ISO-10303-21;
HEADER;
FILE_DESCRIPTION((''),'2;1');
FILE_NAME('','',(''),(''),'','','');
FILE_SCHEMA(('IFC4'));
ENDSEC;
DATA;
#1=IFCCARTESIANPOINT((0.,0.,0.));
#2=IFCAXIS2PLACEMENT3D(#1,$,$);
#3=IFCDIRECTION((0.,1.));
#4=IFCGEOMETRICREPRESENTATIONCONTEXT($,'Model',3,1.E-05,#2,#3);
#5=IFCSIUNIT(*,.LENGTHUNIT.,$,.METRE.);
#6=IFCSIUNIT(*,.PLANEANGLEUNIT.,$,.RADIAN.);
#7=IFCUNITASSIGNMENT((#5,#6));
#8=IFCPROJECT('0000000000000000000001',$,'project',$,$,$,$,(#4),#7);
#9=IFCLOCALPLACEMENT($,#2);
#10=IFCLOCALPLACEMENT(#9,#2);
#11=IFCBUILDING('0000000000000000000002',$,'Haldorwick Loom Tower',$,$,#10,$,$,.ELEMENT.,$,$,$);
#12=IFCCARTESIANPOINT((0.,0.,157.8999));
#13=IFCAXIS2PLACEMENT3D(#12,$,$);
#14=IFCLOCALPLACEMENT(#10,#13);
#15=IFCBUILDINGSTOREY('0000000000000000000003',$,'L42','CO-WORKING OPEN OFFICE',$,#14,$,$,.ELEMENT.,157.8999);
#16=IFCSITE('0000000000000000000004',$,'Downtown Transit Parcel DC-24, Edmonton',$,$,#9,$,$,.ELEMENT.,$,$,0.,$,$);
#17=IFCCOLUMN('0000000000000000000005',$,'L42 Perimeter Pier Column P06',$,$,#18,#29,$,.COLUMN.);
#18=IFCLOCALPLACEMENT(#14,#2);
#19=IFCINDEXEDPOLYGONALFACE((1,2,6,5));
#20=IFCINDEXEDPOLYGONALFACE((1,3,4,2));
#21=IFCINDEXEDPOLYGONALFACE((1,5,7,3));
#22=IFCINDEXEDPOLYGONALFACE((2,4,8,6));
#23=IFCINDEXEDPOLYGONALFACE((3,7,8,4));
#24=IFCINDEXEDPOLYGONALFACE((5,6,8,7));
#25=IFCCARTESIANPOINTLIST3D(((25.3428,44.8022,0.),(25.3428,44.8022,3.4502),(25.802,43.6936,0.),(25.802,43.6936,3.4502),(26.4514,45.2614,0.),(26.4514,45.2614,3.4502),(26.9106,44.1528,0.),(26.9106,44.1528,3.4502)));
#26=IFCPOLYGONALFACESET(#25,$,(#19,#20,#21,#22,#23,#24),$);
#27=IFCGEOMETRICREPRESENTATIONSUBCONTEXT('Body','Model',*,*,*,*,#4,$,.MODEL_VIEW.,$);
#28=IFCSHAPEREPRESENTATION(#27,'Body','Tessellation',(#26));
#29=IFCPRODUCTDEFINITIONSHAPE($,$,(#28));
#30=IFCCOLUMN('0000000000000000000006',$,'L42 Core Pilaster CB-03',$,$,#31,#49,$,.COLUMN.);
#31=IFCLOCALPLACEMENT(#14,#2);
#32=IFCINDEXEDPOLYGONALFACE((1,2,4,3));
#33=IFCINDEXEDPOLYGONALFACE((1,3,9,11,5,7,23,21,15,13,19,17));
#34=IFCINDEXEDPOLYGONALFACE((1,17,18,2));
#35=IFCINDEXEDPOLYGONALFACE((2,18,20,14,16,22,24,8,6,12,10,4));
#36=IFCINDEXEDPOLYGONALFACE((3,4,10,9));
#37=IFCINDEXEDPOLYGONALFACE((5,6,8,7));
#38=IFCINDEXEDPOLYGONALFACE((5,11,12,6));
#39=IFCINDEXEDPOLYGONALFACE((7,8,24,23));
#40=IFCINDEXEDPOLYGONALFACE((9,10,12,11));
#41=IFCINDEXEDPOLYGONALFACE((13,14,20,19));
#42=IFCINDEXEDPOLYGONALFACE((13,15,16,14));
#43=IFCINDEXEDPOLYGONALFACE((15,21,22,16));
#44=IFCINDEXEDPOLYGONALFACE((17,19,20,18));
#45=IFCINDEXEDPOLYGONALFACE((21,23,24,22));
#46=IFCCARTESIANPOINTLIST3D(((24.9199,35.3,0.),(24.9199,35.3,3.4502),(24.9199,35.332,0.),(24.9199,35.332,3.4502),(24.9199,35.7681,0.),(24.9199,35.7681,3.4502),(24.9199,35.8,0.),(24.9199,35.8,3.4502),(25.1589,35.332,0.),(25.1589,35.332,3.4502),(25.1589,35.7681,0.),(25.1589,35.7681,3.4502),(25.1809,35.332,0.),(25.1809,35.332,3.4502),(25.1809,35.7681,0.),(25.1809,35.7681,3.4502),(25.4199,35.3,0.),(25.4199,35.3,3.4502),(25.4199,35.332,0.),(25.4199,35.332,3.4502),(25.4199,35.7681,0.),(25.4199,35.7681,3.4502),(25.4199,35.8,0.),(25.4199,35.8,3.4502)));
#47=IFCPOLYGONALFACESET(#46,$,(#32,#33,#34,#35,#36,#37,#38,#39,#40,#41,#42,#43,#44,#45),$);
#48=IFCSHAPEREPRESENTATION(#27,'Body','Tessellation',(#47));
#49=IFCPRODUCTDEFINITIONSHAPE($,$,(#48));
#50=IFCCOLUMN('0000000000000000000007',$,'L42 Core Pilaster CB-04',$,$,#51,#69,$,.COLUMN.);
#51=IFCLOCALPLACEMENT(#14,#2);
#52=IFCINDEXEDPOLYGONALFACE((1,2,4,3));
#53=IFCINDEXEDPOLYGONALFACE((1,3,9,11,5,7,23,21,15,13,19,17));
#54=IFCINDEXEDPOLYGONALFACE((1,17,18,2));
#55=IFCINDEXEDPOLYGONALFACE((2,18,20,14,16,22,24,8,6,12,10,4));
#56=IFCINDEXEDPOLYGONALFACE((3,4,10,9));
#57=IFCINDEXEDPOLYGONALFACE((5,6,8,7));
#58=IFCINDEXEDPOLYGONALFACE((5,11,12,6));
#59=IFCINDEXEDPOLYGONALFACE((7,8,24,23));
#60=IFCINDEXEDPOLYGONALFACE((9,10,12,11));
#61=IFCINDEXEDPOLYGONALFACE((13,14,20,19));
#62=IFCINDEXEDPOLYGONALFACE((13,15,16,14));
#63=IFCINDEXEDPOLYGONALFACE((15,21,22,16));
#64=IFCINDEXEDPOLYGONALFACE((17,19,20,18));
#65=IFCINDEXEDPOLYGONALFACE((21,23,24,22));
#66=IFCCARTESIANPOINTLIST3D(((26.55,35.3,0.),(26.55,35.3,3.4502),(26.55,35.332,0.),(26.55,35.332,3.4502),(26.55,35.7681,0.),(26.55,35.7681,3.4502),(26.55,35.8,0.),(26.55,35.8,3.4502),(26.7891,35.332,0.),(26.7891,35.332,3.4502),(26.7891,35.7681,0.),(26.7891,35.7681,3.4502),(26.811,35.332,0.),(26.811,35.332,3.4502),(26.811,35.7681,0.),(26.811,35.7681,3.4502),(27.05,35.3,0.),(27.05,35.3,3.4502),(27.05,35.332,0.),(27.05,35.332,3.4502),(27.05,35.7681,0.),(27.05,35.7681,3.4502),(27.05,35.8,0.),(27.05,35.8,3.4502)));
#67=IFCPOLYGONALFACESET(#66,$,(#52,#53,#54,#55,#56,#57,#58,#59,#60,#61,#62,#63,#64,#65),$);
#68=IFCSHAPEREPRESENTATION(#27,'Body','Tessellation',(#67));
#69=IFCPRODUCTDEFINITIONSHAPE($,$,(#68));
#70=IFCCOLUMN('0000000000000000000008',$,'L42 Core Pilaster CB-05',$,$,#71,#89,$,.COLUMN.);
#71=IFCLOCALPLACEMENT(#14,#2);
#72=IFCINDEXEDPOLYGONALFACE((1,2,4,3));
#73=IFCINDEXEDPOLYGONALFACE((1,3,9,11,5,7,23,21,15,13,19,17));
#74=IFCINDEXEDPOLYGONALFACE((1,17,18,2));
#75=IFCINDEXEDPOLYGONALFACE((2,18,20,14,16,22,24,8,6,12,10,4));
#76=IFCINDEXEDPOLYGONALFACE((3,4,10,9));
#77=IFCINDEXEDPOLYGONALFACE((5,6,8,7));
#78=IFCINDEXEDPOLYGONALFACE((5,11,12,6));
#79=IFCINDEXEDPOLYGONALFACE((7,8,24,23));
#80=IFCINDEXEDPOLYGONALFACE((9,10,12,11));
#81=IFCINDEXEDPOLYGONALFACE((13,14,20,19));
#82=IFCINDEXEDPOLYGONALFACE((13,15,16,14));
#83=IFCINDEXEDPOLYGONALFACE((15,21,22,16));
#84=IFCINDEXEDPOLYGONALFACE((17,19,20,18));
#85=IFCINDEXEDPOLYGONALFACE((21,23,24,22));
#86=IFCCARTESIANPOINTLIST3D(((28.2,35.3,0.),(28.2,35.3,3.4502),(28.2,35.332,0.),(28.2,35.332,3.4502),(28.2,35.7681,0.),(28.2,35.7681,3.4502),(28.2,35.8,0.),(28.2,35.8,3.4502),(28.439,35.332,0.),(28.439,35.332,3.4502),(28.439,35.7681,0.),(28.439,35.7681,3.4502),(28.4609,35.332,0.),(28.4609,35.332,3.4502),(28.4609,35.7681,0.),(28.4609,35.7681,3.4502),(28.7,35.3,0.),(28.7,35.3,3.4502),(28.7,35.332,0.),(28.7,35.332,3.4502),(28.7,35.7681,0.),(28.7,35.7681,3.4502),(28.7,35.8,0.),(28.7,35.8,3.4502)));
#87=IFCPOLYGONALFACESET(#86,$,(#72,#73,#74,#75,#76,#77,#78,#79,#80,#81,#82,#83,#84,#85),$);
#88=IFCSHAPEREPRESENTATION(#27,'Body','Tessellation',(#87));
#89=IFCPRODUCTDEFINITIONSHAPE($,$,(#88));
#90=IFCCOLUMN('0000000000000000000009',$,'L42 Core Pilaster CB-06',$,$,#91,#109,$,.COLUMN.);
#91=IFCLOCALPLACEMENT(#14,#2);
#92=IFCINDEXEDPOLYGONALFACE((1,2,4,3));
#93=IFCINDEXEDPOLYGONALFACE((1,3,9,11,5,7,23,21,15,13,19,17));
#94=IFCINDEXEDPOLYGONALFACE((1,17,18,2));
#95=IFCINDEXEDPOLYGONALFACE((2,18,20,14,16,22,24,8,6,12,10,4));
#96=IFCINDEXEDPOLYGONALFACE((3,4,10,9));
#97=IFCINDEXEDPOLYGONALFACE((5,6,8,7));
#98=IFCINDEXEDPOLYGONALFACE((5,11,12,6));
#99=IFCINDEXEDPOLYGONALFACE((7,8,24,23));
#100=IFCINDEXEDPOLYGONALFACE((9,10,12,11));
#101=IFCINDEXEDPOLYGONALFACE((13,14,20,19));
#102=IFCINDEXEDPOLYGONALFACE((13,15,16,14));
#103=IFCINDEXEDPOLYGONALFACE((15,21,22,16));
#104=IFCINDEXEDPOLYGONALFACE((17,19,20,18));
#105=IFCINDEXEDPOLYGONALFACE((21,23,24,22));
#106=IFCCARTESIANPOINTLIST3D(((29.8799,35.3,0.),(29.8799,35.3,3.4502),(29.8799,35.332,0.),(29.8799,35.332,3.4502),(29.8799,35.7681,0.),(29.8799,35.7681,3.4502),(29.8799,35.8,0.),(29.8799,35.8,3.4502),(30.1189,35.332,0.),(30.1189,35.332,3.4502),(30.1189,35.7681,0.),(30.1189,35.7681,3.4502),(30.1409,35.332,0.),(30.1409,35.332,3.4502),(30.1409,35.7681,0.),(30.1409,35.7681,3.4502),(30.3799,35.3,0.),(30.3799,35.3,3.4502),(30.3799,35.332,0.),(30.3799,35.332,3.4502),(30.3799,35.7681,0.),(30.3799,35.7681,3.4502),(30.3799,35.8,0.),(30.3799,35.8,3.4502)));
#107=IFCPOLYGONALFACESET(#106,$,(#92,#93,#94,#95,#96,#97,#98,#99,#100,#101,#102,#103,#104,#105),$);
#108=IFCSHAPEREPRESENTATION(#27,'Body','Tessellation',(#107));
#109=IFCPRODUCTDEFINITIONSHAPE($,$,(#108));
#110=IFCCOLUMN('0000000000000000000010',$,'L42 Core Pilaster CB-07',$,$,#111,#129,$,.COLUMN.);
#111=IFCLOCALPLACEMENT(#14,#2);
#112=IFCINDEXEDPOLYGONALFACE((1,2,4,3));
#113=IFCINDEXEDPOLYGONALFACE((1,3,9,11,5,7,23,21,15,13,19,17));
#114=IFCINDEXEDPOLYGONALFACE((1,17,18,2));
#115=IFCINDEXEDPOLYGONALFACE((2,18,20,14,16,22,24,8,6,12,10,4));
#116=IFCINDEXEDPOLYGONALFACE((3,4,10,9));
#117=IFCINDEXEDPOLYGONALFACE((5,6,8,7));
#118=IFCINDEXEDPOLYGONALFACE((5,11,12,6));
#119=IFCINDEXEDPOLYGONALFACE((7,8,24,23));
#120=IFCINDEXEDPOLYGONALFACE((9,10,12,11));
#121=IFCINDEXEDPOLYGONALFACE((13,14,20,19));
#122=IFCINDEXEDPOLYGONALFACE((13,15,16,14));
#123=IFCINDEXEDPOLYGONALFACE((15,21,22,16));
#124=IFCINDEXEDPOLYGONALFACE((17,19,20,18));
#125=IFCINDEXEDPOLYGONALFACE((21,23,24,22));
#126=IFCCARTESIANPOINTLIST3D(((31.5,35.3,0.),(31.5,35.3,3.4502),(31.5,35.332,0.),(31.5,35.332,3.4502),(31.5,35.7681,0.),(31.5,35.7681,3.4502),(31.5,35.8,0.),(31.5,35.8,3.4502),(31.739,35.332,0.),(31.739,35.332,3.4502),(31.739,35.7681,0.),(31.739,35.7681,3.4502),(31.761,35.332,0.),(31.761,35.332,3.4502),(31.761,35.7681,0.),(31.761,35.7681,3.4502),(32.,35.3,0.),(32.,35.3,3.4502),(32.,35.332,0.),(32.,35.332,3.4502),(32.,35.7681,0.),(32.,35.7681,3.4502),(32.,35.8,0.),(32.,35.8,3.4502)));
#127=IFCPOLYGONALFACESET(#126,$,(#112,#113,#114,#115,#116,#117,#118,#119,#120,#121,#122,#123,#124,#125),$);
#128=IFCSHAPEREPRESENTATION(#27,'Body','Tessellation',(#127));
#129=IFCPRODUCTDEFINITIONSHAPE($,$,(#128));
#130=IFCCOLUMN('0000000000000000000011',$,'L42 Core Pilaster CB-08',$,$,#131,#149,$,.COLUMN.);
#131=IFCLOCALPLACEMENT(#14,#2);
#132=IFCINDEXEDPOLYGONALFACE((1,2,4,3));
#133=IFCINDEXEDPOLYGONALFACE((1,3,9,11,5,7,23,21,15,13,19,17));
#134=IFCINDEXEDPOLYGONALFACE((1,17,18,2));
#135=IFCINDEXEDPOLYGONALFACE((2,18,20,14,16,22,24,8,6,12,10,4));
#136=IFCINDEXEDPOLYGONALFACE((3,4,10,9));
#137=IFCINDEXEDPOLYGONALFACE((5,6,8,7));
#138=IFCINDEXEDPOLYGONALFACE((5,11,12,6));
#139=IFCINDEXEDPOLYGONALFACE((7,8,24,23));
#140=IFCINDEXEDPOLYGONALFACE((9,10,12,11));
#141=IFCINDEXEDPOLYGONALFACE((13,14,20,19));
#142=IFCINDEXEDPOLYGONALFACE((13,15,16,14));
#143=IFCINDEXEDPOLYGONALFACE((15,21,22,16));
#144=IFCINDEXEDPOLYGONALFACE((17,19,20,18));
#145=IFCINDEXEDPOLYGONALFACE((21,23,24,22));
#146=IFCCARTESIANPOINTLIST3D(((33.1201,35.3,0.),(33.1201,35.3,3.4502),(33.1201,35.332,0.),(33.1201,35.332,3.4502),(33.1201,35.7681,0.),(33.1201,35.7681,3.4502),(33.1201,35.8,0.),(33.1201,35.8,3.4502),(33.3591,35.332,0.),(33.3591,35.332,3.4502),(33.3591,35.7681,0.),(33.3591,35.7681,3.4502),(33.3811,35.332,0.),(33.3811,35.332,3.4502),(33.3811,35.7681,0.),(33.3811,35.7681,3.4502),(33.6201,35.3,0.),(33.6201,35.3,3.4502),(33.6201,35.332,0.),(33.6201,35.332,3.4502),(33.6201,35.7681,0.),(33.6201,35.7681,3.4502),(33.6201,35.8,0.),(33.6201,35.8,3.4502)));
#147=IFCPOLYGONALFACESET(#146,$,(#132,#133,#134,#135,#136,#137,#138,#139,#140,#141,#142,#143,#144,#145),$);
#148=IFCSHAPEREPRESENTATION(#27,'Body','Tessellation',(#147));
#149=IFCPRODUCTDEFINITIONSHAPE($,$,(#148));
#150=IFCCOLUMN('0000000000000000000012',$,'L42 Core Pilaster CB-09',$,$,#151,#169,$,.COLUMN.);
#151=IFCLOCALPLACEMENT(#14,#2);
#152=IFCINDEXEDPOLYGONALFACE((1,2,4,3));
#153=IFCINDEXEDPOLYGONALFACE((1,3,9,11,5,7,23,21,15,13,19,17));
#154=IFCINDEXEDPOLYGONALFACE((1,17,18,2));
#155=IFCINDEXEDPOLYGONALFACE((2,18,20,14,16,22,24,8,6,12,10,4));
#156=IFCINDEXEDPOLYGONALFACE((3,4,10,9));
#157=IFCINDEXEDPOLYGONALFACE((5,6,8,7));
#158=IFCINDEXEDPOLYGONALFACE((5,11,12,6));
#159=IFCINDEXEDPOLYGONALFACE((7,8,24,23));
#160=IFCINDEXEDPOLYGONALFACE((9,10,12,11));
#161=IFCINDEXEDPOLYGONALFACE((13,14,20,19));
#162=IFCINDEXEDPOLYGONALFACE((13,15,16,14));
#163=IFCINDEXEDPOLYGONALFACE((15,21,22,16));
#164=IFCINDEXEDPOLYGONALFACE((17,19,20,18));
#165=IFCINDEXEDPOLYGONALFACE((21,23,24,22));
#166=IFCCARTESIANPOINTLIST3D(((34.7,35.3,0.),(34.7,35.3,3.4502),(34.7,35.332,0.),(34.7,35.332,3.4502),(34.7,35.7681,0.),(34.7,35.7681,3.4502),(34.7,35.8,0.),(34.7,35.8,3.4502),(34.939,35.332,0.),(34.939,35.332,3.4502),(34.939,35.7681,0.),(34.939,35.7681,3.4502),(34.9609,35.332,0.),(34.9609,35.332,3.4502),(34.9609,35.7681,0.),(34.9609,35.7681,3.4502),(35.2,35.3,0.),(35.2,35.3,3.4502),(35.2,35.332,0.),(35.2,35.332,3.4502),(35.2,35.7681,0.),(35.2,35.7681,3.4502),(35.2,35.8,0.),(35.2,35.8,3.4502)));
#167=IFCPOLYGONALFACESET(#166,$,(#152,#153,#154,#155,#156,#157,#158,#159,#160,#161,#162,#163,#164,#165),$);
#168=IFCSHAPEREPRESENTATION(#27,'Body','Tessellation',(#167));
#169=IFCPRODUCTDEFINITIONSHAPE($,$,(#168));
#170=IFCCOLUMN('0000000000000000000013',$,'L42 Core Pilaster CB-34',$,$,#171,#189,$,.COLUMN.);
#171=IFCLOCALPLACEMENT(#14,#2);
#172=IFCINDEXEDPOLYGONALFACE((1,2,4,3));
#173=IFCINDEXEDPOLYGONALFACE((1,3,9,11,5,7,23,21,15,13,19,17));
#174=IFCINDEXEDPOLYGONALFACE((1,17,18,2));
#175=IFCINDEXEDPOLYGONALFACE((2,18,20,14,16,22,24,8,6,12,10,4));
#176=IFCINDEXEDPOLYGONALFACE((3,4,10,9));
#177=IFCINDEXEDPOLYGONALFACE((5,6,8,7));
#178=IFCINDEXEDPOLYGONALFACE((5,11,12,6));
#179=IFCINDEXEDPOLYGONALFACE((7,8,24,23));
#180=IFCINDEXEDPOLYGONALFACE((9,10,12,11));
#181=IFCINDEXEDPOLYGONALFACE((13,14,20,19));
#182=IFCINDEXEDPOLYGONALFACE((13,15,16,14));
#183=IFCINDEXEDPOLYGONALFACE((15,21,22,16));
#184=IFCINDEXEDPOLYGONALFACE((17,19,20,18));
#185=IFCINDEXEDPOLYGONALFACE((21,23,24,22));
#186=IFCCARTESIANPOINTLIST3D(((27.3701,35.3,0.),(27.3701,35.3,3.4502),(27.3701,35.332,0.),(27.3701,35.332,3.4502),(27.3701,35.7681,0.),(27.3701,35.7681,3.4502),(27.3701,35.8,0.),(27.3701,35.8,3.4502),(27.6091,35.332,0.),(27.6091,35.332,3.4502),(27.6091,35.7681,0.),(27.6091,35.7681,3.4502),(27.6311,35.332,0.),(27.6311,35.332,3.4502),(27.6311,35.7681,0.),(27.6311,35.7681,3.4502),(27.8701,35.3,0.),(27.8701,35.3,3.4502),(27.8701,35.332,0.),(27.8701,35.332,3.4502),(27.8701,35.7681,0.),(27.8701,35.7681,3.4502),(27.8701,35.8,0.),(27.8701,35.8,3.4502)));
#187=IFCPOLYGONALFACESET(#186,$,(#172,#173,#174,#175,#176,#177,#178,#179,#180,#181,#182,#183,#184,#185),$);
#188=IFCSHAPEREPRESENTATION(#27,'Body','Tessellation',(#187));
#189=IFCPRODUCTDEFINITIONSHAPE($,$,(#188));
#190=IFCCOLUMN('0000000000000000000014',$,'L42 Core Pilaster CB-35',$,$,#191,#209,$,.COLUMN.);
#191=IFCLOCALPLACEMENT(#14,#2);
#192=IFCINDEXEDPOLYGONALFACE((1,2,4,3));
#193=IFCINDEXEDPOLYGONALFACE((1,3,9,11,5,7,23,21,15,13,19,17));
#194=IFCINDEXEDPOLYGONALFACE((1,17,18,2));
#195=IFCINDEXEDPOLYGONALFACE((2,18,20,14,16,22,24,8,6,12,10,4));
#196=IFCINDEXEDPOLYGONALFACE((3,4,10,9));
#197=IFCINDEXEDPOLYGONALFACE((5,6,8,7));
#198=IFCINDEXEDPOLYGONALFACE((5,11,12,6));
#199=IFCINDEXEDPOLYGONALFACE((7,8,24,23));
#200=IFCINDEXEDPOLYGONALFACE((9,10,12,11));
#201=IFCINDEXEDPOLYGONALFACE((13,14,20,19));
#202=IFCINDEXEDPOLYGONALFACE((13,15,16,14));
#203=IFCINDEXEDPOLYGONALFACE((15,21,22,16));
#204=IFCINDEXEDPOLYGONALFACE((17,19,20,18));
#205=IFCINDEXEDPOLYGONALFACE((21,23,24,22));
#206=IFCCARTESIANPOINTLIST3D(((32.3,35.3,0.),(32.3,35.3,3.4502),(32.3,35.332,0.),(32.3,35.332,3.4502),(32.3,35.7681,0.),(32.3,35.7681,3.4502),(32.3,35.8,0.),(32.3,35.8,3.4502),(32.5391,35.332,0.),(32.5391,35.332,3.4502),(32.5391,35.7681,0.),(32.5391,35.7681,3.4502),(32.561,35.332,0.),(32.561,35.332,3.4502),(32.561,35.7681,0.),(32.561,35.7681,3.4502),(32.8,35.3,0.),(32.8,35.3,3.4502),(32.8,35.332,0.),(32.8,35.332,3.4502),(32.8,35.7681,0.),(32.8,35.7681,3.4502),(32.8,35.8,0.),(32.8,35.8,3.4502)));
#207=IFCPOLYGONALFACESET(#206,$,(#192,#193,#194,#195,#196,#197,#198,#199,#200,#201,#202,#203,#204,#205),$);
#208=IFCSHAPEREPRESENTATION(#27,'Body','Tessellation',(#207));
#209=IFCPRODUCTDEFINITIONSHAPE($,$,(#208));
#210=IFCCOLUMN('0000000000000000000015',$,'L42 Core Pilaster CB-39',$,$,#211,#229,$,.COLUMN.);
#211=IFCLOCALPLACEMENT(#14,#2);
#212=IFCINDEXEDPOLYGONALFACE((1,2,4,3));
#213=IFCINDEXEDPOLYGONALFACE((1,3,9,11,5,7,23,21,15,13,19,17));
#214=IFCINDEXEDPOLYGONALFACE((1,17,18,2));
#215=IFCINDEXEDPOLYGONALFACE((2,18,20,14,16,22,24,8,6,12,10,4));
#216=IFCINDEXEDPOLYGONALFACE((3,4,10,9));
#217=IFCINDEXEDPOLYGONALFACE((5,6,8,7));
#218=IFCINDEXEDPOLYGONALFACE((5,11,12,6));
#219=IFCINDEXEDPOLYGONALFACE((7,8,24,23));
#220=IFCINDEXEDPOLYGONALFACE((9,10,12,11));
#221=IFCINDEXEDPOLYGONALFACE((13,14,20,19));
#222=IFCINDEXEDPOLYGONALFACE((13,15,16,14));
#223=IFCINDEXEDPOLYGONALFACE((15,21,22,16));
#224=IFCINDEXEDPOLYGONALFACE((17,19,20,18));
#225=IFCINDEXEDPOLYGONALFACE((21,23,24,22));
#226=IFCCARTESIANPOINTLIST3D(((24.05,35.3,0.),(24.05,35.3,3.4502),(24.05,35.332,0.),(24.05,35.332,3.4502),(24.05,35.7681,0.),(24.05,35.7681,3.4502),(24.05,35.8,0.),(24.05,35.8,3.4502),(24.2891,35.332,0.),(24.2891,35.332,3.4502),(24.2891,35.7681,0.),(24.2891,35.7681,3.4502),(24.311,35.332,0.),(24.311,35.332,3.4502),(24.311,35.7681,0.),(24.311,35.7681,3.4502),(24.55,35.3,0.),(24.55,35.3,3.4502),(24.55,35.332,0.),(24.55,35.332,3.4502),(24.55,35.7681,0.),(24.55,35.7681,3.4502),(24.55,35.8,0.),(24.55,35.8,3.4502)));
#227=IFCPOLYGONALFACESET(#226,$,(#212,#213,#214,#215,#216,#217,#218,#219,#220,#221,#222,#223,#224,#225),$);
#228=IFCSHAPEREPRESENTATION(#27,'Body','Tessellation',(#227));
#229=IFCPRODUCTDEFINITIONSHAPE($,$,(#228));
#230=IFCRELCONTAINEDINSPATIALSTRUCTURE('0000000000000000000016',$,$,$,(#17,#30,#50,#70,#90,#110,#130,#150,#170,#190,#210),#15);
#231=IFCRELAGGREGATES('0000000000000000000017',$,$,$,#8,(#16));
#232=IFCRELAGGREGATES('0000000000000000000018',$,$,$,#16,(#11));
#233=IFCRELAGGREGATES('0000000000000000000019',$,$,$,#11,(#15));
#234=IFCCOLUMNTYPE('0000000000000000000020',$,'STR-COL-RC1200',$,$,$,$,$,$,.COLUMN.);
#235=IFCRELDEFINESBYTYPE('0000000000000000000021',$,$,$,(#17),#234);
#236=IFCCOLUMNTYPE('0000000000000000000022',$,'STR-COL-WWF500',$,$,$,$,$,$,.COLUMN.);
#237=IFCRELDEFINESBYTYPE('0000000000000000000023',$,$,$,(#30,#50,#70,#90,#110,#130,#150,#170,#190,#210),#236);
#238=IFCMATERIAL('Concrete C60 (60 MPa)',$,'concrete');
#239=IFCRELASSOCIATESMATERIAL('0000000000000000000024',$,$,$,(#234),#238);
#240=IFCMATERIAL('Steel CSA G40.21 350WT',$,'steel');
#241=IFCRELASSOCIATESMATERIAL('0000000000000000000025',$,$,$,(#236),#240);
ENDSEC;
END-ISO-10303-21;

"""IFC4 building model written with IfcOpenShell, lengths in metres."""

from ifc_helpers import new_model, si_unit, direction, frame, origin, origin_2d, place, context, subcontext, project, spatial, rectangle, i_section, extrude, material, material_profile, profile_set, type_object, element, save


model = new_model("IFC4")

# Units and contexts
model_context = context("Model", 3, precision=1e-05, world=origin(), true_north=direction((0.0, 1.0)))
body_context = subcontext(model_context, "Body", "Model", "MODEL_VIEW")
ifc_project = project(units=[si_unit("LENGTHUNIT", "METRE"), si_unit("PLANEANGLEUNIT", "RADIAN")], contexts=[model_context])

# Site, building, storey
site_placement = place(None, origin())
site = spatial("IfcSite", under=ifc_project, at=site_placement, Name="Downtown Transit Parcel DC-24, Edmonton", CompositionType="ELEMENT", RefElevation=0.0)
building_placement = place(site_placement, origin())
building = spatial("IfcBuilding", under=site, at=building_placement, Name="Haldorwick Loom Tower", CompositionType="ELEMENT")
storey_placement = place(building_placement, frame((0.0, 0.0, 157.8999)))
storey = spatial("IfcBuildingStorey", under=building, at=storey_placement, Name="L42", Description="CO-WORKING OPEN OFFICE", CompositionType="ELEMENT", Elevation=157.8999)

# Columns
ifc_material_1 = material(Name="Concrete C60 (60 MPa)", Category="concrete")
ifc_material_profile_1 = material_profile(ifc_material_1, rectangle(XDim=1.2, YDim=1.2, at=origin_2d()), Name="RC1200X1200", Category="concrete")
ifc_profile_set_1 = profile_set([ifc_material_profile_1], Name="Concrete C60 (60 MPa)")
column_type_1 = type_object("IfcColumnType", Name="STR-COL-RC1200", PredefinedType="COLUMN", material=ifc_profile_set_1)
column_placement = place(storey_placement, frame((26.1267, 44.4775, 0.0), z_axis=(0.0, 0.0, 1.0), x_axis=(-0.382683, 0.92388, 0.0)))
element("IfcColumn", 1, at=column_placement, inside=storey, type_object=column_type_1, Name="L42 Perimeter Pier Column P06", PredefinedType="COLUMN", context=body_context, shape_type="SweptSolid", body=[
    extrude(rectangle(XDim=1.2, YDim=1.2, at=origin_2d()), origin(), (0.0, 0.0, 1.0), 3.4502),
])
ifc_material_2 = material(Name="Steel CSA G40.21 350WT", Category="steel")
ifc_material_profile_2 = material_profile(ifc_material_2, i_section(OverallWidth=0.5, OverallDepth=0.5, WebThickness=0.022, FlangeThickness=0.032, at=origin_2d()), Name="WWF500X500", Category="steel")
ifc_profile_set_2 = profile_set([ifc_material_profile_2], Name="Steel CSA G40.21 350WT")
column_type_2 = type_object("IfcColumnType", Name="STR-COL-WWF500", PredefinedType="COLUMN", material=ifc_profile_set_2)
for number, where, z_axis, x_axis, name in (
    (2, (25.1699, 35.55, 0.0), (0.0, 0.0, 1.0), (1.0, 0.0, 0.0), "L42 Core Pilaster CB-03"),
    (3, (26.8, 35.55, 0.0), (0.0, 0.0, 1.0), (1.0, 0.0, 0.0), "L42 Core Pilaster CB-04"),
    (4, (28.45, 35.55, 0.0), (0.0, 0.0, 1.0), (1.0, 0.0, 0.0), "L42 Core Pilaster CB-05"),
    (5, (30.1299, 35.55, 0.0), (0.0, 0.0, 1.0), (1.0, 0.0, 0.0), "L42 Core Pilaster CB-06"),
    (6, (31.75, 35.55, 0.0), (0.0, 0.0, 1.0), (1.0, 0.0, 0.0), "L42 Core Pilaster CB-07"),
    (7, (33.3701, 35.55, 0.0), (0.0, 0.0, 1.0), (1.0, 0.0, 0.0), "L42 Core Pilaster CB-08"),
    (8, (34.95, 35.55, 0.0), (0.0, 0.0, 1.0), (1.0, 0.0, 0.0), "L42 Core Pilaster CB-09"),
    (9, (27.6201, 35.55, 0.0), (0.0, 0.0, 1.0), (1.0, 0.0, 0.0), "L42 Core Pilaster CB-34"),
    (10, (32.55, 35.55, 0.0), (0.0, 0.0, 1.0), (1.0, 0.0, 0.0), "L42 Core Pilaster CB-35"),
    (11, (24.3, 35.55, 0.0), (0.0, 0.0, 1.0), (1.0, 0.0, 0.0), "L42 Core Pilaster CB-39"),
):
    element("IfcColumn", number, at=place(storey_placement, frame(where, z_axis=z_axis, x_axis=x_axis)), inside=storey, type_object=column_type_2, Name=name, PredefinedType="COLUMN", context=body_context, shape_type="SweptSolid", body=[
        extrude(i_section(OverallWidth=0.5, OverallDepth=0.5, WebThickness=0.022, FlangeThickness=0.032, at=origin_2d()), origin(), (0.0, 0.0, 1.0), 3.4502),
    ])

save(model, "model.ifc")
